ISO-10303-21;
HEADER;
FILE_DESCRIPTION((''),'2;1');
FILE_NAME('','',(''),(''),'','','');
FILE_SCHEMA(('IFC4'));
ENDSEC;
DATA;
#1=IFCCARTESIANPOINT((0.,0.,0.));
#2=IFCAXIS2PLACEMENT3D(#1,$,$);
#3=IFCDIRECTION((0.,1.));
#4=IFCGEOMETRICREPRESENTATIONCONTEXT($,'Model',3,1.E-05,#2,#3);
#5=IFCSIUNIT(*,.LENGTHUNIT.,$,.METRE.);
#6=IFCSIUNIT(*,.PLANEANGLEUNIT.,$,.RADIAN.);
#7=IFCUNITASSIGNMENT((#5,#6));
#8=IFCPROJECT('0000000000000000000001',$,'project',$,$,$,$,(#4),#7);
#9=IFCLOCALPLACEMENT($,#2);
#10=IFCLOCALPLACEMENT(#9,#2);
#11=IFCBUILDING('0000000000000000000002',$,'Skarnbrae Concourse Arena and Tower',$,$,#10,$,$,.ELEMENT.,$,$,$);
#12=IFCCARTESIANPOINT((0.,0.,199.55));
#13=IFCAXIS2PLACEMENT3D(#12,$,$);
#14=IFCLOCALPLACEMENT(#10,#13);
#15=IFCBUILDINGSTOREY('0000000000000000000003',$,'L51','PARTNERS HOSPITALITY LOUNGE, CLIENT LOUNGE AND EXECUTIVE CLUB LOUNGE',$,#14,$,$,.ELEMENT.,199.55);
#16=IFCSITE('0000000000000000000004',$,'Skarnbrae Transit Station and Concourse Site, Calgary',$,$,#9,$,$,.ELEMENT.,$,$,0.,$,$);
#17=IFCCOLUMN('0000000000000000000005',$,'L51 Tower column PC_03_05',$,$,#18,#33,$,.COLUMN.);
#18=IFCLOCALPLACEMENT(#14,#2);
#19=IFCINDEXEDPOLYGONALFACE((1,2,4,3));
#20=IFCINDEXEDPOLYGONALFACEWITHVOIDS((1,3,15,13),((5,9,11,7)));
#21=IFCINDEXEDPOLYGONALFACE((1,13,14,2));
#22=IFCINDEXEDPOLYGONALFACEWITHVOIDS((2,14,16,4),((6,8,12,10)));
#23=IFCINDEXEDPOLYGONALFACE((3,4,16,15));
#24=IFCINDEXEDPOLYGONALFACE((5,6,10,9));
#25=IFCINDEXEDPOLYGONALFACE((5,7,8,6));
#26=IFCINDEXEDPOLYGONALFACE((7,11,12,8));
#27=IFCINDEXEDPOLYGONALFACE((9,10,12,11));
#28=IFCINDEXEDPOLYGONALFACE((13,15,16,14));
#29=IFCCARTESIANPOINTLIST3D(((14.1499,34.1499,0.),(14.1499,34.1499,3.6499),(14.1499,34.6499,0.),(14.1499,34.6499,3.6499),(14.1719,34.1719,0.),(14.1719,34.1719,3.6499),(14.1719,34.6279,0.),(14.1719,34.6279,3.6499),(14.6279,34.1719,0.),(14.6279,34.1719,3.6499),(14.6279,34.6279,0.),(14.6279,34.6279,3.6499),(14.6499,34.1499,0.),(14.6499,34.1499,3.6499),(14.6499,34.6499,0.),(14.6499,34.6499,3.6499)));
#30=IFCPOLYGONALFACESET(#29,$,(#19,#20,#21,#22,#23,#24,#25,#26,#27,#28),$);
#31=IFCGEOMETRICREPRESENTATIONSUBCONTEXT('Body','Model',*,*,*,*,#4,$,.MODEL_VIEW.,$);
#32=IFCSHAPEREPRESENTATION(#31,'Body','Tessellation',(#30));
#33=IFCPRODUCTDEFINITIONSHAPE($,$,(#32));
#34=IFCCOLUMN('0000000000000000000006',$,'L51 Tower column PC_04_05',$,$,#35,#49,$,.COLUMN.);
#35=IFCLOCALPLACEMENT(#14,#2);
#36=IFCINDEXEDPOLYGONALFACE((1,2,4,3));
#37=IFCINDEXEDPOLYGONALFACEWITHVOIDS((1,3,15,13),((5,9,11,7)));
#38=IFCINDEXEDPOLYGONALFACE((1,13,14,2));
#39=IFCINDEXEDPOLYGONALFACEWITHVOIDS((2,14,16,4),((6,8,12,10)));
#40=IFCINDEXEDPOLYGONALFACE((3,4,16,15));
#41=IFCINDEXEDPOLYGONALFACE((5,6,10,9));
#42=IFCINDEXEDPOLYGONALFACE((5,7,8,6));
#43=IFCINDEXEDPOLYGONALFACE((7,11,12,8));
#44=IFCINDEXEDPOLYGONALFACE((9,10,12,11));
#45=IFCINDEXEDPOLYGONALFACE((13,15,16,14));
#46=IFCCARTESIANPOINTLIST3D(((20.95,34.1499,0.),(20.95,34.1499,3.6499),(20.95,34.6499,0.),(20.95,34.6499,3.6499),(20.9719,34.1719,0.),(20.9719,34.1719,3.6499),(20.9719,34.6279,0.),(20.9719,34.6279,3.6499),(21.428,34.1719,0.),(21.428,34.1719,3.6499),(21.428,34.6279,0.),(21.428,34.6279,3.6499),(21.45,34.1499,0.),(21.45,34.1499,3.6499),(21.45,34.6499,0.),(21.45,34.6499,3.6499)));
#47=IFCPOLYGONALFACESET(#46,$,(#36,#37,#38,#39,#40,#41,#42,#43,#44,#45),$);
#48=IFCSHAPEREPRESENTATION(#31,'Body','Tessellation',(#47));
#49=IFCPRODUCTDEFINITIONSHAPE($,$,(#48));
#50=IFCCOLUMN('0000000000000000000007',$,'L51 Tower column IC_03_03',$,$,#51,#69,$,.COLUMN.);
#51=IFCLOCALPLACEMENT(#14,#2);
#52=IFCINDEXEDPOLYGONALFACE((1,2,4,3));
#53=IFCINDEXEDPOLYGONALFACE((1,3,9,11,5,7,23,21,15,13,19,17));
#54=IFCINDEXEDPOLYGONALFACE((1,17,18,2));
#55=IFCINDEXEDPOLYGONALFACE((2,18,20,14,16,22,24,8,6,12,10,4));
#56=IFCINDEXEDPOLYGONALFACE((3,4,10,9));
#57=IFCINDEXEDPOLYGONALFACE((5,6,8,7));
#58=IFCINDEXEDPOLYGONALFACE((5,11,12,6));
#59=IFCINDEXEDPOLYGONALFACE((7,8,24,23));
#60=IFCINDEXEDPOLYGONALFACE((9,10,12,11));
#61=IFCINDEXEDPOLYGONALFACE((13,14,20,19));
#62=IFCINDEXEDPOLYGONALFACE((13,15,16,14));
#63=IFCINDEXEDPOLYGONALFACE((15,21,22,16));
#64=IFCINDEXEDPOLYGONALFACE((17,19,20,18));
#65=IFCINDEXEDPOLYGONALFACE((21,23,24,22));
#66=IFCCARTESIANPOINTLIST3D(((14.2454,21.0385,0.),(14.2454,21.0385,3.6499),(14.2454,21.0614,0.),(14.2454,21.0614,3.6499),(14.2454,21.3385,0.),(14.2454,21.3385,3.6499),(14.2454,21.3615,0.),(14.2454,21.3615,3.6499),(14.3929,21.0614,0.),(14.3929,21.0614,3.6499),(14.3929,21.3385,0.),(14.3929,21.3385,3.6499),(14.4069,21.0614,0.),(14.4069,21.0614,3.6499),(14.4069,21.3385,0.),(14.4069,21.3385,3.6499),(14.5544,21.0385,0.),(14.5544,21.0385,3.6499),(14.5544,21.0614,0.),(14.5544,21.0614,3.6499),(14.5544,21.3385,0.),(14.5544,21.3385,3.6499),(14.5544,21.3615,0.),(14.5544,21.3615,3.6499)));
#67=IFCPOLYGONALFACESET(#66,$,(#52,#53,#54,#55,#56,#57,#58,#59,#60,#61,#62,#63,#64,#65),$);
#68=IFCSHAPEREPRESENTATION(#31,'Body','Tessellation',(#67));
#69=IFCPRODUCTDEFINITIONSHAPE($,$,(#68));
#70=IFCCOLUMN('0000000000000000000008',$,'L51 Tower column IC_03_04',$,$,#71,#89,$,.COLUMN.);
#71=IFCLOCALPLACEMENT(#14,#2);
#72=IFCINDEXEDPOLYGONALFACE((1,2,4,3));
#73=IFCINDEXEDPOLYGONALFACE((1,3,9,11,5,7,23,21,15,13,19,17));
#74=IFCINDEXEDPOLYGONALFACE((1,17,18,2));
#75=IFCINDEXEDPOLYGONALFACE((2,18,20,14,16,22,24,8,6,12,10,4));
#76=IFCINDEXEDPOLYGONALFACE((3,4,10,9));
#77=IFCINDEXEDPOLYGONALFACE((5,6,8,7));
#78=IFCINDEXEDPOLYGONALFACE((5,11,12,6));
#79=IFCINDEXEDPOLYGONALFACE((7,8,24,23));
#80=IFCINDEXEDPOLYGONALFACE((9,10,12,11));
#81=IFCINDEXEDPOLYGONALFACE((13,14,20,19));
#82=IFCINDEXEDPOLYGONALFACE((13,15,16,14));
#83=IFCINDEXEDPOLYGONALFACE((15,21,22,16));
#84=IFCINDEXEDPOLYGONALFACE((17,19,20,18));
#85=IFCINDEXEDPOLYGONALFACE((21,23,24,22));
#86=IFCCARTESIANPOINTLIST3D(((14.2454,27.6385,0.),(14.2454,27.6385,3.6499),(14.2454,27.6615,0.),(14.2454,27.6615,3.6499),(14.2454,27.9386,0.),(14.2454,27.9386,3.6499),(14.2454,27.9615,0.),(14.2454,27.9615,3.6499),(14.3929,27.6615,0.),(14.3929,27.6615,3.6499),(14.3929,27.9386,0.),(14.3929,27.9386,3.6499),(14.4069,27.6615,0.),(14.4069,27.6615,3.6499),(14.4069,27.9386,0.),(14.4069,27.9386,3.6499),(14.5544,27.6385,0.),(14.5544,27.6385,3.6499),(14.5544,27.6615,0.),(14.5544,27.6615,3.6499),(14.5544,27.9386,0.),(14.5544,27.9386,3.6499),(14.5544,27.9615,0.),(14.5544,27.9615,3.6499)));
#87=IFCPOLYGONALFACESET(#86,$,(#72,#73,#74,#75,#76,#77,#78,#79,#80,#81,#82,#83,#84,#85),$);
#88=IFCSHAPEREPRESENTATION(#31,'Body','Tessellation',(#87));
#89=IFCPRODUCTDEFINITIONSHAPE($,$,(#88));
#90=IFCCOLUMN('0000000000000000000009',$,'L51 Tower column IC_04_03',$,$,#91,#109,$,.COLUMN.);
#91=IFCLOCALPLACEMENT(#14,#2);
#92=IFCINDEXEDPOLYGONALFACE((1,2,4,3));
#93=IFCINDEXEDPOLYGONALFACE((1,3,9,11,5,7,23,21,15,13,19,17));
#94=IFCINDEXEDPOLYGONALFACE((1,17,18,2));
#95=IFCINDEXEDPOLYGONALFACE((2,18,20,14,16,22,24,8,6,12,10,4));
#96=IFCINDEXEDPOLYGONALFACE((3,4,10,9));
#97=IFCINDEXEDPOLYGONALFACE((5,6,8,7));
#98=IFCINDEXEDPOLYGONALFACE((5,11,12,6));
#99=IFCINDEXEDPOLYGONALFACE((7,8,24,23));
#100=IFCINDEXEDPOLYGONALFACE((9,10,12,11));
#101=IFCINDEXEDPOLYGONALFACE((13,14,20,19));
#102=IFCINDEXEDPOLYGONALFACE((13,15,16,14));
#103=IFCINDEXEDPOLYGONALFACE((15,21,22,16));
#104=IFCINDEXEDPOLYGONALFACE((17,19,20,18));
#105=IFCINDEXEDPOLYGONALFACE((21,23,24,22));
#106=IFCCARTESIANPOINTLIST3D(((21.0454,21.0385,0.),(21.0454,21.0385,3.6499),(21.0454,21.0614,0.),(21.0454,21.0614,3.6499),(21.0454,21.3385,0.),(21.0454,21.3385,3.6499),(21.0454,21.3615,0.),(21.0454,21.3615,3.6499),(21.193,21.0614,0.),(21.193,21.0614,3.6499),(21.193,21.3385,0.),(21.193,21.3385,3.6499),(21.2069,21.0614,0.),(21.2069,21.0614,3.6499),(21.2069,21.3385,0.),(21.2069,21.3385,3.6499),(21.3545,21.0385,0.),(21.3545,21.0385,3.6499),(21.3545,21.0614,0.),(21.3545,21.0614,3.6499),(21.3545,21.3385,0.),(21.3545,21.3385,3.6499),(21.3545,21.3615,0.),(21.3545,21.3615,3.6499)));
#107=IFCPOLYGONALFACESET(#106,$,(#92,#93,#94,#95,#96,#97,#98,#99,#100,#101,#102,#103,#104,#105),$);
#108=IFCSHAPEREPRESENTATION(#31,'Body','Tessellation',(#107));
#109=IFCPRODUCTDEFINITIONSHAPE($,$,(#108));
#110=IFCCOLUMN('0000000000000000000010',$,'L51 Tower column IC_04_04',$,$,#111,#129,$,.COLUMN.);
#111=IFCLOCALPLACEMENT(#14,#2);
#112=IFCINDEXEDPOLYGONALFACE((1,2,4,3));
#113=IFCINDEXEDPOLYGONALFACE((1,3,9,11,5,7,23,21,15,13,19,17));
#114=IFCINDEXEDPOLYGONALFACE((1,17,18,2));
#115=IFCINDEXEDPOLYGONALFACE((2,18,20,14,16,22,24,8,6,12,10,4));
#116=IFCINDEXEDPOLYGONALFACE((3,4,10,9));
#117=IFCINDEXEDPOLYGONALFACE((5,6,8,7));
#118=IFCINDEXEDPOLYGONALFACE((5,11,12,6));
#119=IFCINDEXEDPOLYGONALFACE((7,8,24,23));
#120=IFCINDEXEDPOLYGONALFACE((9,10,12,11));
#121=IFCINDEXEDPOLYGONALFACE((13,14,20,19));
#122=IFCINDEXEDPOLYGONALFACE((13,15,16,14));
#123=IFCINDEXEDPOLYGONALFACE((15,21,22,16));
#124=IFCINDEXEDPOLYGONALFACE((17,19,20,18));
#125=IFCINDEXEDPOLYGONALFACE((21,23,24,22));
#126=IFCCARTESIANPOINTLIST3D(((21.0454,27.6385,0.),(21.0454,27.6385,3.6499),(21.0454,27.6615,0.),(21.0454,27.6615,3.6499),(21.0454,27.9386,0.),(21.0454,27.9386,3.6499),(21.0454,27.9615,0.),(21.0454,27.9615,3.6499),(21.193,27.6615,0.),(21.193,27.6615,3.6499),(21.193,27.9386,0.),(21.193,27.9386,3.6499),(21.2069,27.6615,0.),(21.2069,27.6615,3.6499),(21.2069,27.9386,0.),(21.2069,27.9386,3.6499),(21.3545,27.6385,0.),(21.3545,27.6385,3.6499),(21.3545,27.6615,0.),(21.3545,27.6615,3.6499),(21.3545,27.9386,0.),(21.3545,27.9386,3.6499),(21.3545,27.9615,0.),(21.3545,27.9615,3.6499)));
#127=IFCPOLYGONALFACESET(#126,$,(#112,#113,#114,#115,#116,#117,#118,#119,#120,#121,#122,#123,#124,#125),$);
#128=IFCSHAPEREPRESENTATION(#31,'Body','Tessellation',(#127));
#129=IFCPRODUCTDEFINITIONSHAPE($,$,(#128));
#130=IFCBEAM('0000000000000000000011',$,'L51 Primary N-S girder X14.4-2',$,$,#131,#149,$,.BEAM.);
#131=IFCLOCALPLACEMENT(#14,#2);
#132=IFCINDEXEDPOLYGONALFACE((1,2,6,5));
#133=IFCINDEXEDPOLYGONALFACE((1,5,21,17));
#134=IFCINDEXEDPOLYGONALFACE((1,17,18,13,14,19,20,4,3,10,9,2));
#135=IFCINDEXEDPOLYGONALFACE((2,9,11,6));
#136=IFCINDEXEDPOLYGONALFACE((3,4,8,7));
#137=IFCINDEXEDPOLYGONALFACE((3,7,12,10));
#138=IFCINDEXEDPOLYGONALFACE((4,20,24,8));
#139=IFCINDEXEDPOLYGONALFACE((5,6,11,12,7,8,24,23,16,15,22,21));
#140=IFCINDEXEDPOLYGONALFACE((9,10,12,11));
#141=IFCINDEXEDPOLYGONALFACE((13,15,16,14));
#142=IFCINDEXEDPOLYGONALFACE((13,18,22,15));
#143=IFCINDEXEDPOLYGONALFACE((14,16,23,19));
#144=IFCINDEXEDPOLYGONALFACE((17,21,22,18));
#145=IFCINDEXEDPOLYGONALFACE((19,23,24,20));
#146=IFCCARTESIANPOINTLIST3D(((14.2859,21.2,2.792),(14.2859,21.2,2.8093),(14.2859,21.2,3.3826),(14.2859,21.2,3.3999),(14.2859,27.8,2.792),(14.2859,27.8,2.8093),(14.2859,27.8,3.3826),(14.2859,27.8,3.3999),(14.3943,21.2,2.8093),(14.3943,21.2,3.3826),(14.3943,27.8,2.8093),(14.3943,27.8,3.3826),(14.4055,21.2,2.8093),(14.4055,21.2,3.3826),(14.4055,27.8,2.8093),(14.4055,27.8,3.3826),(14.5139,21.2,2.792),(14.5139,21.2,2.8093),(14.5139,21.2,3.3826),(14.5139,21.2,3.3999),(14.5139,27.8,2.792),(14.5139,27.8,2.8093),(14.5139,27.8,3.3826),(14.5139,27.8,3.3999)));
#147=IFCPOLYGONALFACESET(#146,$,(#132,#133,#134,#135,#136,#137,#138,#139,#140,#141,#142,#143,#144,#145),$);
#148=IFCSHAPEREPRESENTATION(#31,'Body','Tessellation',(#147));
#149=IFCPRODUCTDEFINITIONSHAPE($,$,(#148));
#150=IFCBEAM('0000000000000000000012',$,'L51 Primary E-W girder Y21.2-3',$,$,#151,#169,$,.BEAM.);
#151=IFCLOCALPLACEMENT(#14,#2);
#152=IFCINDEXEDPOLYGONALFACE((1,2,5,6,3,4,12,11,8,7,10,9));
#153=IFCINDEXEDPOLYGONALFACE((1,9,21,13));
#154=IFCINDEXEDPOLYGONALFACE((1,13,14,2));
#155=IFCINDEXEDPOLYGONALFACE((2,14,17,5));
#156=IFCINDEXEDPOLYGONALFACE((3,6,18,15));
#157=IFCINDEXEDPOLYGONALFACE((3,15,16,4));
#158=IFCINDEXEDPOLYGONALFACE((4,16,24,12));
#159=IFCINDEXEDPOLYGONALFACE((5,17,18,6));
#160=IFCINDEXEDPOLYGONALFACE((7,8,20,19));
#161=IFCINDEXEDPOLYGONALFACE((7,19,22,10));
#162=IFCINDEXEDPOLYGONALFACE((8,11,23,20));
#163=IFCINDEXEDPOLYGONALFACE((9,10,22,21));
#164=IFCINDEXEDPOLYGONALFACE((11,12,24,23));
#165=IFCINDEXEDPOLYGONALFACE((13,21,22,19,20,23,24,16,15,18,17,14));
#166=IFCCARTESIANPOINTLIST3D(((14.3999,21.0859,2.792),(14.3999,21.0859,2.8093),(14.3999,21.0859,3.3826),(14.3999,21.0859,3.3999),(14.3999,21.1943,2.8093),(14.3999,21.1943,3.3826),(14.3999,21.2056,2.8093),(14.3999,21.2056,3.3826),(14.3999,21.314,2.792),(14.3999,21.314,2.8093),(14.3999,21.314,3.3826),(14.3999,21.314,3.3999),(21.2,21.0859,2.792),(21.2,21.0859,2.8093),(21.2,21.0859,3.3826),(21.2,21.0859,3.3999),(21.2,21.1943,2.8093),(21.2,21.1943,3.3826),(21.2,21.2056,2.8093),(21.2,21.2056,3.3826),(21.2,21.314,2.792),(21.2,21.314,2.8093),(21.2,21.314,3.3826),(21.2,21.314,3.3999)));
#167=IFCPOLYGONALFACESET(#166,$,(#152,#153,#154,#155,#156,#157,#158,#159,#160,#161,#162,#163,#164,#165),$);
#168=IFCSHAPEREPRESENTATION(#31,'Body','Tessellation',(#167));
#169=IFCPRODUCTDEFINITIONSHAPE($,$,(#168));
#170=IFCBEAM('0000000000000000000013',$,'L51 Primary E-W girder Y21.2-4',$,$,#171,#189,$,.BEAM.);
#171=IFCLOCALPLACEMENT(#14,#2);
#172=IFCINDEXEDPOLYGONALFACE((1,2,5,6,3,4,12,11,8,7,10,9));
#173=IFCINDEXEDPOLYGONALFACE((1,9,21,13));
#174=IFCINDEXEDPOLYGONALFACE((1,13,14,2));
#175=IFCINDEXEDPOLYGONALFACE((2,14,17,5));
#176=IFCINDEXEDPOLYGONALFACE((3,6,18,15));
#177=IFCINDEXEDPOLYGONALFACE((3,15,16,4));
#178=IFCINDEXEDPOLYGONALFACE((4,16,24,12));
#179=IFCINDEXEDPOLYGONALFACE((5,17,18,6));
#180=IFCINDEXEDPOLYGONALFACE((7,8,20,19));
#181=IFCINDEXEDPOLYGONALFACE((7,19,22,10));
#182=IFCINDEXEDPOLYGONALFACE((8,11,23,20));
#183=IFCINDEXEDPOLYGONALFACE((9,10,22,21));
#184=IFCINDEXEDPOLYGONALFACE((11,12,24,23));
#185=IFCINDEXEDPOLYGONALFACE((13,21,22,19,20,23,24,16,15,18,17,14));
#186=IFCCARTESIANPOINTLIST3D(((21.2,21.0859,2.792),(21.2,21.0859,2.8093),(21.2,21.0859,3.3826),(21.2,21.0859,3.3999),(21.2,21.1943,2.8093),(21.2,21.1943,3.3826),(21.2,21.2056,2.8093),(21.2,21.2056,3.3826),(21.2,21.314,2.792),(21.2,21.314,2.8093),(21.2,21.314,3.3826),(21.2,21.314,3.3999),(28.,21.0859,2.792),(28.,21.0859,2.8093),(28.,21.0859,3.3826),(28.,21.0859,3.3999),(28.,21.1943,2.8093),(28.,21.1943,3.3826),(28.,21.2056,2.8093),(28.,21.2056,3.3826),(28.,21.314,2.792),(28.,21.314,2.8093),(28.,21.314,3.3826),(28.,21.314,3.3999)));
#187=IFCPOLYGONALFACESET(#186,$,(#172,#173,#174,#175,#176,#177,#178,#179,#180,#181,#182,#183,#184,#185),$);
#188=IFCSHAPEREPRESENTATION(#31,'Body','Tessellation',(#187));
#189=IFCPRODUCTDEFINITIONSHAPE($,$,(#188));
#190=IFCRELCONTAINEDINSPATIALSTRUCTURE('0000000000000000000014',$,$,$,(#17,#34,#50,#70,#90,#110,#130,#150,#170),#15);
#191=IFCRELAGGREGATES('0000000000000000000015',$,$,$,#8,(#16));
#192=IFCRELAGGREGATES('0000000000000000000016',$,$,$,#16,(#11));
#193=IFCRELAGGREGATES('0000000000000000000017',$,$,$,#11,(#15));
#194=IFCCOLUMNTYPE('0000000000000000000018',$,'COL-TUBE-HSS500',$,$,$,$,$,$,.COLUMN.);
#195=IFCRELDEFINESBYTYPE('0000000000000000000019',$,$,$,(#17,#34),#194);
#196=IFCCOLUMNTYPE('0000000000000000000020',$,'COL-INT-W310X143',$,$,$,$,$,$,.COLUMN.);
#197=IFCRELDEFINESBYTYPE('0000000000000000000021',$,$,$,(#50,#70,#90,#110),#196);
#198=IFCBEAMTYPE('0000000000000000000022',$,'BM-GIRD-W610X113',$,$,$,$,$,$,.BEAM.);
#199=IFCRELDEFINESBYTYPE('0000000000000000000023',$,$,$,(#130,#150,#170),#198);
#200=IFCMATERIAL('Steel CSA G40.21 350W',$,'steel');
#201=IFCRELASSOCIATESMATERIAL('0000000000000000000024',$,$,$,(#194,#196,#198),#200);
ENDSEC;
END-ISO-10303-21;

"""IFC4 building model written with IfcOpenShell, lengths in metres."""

from ifc_helpers import new_model, si_unit, direction, frame, origin, origin_2d, place, context, subcontext, project, spatial, hollow_rectangle, i_section, extrude, source, transform, mapped, material, material_profile, profile_set, type_object, element, save


model = new_model("IFC4")

# Units and contexts
model_context = context("Model", 3, precision=1e-05, world=origin(), true_north=direction((0.0, 1.0)))
body_context = subcontext(model_context, "Body", "Model", "MODEL_VIEW")
ifc_project = project(units=[si_unit("LENGTHUNIT", "METRE"), si_unit("PLANEANGLEUNIT", "RADIAN")], contexts=[model_context])

# Site, building, storey
site_placement = place(None, origin())
site = spatial("IfcSite", under=ifc_project, at=site_placement, Name="Skarnbrae Transit Station and Concourse Site, Calgary", CompositionType="ELEMENT", RefElevation=0.0)
building_placement = place(site_placement, origin())
building = spatial("IfcBuilding", under=site, at=building_placement, Name="Skarnbrae Concourse Arena and Tower", CompositionType="ELEMENT")
storey_placement = place(building_placement, frame((0.0, 0.0, 199.55)))
storey = spatial("IfcBuildingStorey", under=building, at=storey_placement, Name="L51", Description="PARTNERS HOSPITALITY LOUNGE, CLIENT LOUNGE AND EXECUTIVE CLUB LOUNGE", CompositionType="ELEMENT", Elevation=199.55)

# Columns
ifc_material_1 = material(Name="Steel CSA G40.21 350W", Category="steel")
ifc_material_profile_1 = material_profile(ifc_material_1, hollow_rectangle(XDim=0.5, YDim=0.5, WallThickness=0.022, at=origin_2d()), Name="HSS500X500X22.0")
ifc_profile_set_1 = profile_set([ifc_material_profile_1], Name="Steel CSA G40.21 350W")
column_type_1 = type_object("IfcColumnType", Name="COL-TUBE-HSS500", PredefinedType="COLUMN", material=ifc_profile_set_1)
shared_shape_1 = source(origin(), body_context, "Body", "SweptSolid", [
    extrude(hollow_rectangle(XDim=0.5, YDim=0.5, WallThickness=0.022, at=origin_2d()), origin(), (0.0, 0.0, 1.0), 3.6499),
])
for number, where, z_axis, x_axis, name in (
    (1, (14.3999, 34.3999, 0.0), (0.0, 0.0, 1.0), (1.0, 0.0, 0.0), "L51 Tower column PC_03_05"),
    (2, (21.2, 34.3999, 0.0), (0.0, 0.0, 1.0), (1.0, 0.0, 0.0), "L51 Tower column PC_04_05"),
):
    element("IfcColumn", number, at=place(storey_placement, frame(where, z_axis=z_axis, x_axis=x_axis)), inside=storey, type_object=column_type_1, Name=name, PredefinedType="COLUMN", context=body_context, shape_type="MappedRepresentation", body=[
        mapped(shared_shape_1, transform((0.0, 0.0, 0.0))),
    ])
ifc_material_profile_2 = material_profile(ifc_material_1, i_section(OverallWidth=0.3091, OverallDepth=0.323, WebThickness=0.0139, FlangeThickness=0.0229, at=origin_2d()), Name="W310X143")
ifc_profile_set_2 = profile_set([ifc_material_profile_2], Name="Steel CSA G40.21 350W")
column_type_2 = type_object("IfcColumnType", Name="COL-INT-W310X143", PredefinedType="COLUMN", material=ifc_profile_set_2)
shared_shape_2 = source(origin(), body_context, "Body", "SweptSolid", [
    extrude(i_section(OverallWidth=0.3091, OverallDepth=0.323, WebThickness=0.0139, FlangeThickness=0.0229, at=origin_2d()), origin(), (0.0, 0.0, 1.0), 3.6499),
])
for number, where, z_axis, x_axis, name in (
    (3, (14.3999, 21.2, 0.0), (0.0, 0.0, 1.0), (1.0, 0.0, 0.0), "L51 Tower column IC_03_03"),
    (4, (14.3999, 27.8, 0.0), (0.0, 0.0, 1.0), (1.0, 0.0, 0.0), "L51 Tower column IC_03_04"),
    (5, (21.2, 21.2, 0.0), (0.0, 0.0, 1.0), (1.0, 0.0, 0.0), "L51 Tower column IC_04_03"),
    (6, (21.2, 27.8, 0.0), (0.0, 0.0, 1.0), (1.0, 0.0, 0.0), "L51 Tower column IC_04_04"),
):
    element("IfcColumn", number, at=place(storey_placement, frame(where, z_axis=z_axis, x_axis=x_axis)), inside=storey, type_object=column_type_2, Name=name, PredefinedType="COLUMN", context=body_context, shape_type="MappedRepresentation", body=[
        mapped(shared_shape_2, transform((0.0, 0.0, 0.0))),
    ])

# Beams
ifc_material_profile_3 = material_profile(ifc_material_1, i_section(OverallWidth=0.228, OverallDepth=0.6079, WebThickness=0.0112, FlangeThickness=0.0173, at=origin_2d()), Name="W610X113")
ifc_profile_set_3 = profile_set([ifc_material_profile_3], Name="Steel CSA G40.21 350W")
beam_type_1 = type_object("IfcBeamType", Name="BM-GIRD-W610X113", PredefinedType="BEAM", material=ifc_profile_set_3)
shared_shape_3 = source(origin(), body_context, "Body", "SweptSolid", [
    extrude(i_section(OverallWidth=0.228, OverallDepth=0.6079, WebThickness=0.0112, FlangeThickness=0.0173, at=origin_2d()), origin(), (0.0, 0.0, 1.0), 6.6001),
])
beam_1_placement = place(storey_placement, frame((14.3999, 21.2, 3.0959), z_axis=(0.0, 1.0, 0.0), x_axis=(-1.0, 0.0, 0.0)))
element("IfcBeam", 7, at=beam_1_placement, inside=storey, type_object=beam_type_1, Name="L51 Primary N-S girder X14.4-2", PredefinedType="BEAM", context=body_context, shape_type="MappedRepresentation", body=[
    mapped(shared_shape_3, transform((0.0, 0.0, 0.0))),
])
shared_shape_4 = source(origin(), body_context, "Body", "SweptSolid", [
    extrude(i_section(OverallWidth=0.228, OverallDepth=0.6079, WebThickness=0.0112, FlangeThickness=0.0173, at=origin_2d()), origin(), (0.0, 0.0, 1.0), 6.8),
])
for number, where, z_axis, x_axis, name in (
    (8, (14.3999, 21.2, 3.0959), (1.0, 0.0, 0.0), (0.0, 1.0, 0.0), "L51 Primary E-W girder Y21.2-3"),
    (9, (21.2, 21.2, 3.0959), (1.0, 0.0, 0.0), (0.0, 1.0, 0.0), "L51 Primary E-W girder Y21.2-4"),
):
    element("IfcBeam", number, at=place(storey_placement, frame(where, z_axis=z_axis, x_axis=x_axis)), inside=storey, type_object=beam_type_1, Name=name, PredefinedType="BEAM", context=body_context, shape_type="MappedRepresentation", body=[
        mapped(shared_shape_4, transform((0.0, 0.0, 0.0))),
    ])

save(model, "model.ifc")
